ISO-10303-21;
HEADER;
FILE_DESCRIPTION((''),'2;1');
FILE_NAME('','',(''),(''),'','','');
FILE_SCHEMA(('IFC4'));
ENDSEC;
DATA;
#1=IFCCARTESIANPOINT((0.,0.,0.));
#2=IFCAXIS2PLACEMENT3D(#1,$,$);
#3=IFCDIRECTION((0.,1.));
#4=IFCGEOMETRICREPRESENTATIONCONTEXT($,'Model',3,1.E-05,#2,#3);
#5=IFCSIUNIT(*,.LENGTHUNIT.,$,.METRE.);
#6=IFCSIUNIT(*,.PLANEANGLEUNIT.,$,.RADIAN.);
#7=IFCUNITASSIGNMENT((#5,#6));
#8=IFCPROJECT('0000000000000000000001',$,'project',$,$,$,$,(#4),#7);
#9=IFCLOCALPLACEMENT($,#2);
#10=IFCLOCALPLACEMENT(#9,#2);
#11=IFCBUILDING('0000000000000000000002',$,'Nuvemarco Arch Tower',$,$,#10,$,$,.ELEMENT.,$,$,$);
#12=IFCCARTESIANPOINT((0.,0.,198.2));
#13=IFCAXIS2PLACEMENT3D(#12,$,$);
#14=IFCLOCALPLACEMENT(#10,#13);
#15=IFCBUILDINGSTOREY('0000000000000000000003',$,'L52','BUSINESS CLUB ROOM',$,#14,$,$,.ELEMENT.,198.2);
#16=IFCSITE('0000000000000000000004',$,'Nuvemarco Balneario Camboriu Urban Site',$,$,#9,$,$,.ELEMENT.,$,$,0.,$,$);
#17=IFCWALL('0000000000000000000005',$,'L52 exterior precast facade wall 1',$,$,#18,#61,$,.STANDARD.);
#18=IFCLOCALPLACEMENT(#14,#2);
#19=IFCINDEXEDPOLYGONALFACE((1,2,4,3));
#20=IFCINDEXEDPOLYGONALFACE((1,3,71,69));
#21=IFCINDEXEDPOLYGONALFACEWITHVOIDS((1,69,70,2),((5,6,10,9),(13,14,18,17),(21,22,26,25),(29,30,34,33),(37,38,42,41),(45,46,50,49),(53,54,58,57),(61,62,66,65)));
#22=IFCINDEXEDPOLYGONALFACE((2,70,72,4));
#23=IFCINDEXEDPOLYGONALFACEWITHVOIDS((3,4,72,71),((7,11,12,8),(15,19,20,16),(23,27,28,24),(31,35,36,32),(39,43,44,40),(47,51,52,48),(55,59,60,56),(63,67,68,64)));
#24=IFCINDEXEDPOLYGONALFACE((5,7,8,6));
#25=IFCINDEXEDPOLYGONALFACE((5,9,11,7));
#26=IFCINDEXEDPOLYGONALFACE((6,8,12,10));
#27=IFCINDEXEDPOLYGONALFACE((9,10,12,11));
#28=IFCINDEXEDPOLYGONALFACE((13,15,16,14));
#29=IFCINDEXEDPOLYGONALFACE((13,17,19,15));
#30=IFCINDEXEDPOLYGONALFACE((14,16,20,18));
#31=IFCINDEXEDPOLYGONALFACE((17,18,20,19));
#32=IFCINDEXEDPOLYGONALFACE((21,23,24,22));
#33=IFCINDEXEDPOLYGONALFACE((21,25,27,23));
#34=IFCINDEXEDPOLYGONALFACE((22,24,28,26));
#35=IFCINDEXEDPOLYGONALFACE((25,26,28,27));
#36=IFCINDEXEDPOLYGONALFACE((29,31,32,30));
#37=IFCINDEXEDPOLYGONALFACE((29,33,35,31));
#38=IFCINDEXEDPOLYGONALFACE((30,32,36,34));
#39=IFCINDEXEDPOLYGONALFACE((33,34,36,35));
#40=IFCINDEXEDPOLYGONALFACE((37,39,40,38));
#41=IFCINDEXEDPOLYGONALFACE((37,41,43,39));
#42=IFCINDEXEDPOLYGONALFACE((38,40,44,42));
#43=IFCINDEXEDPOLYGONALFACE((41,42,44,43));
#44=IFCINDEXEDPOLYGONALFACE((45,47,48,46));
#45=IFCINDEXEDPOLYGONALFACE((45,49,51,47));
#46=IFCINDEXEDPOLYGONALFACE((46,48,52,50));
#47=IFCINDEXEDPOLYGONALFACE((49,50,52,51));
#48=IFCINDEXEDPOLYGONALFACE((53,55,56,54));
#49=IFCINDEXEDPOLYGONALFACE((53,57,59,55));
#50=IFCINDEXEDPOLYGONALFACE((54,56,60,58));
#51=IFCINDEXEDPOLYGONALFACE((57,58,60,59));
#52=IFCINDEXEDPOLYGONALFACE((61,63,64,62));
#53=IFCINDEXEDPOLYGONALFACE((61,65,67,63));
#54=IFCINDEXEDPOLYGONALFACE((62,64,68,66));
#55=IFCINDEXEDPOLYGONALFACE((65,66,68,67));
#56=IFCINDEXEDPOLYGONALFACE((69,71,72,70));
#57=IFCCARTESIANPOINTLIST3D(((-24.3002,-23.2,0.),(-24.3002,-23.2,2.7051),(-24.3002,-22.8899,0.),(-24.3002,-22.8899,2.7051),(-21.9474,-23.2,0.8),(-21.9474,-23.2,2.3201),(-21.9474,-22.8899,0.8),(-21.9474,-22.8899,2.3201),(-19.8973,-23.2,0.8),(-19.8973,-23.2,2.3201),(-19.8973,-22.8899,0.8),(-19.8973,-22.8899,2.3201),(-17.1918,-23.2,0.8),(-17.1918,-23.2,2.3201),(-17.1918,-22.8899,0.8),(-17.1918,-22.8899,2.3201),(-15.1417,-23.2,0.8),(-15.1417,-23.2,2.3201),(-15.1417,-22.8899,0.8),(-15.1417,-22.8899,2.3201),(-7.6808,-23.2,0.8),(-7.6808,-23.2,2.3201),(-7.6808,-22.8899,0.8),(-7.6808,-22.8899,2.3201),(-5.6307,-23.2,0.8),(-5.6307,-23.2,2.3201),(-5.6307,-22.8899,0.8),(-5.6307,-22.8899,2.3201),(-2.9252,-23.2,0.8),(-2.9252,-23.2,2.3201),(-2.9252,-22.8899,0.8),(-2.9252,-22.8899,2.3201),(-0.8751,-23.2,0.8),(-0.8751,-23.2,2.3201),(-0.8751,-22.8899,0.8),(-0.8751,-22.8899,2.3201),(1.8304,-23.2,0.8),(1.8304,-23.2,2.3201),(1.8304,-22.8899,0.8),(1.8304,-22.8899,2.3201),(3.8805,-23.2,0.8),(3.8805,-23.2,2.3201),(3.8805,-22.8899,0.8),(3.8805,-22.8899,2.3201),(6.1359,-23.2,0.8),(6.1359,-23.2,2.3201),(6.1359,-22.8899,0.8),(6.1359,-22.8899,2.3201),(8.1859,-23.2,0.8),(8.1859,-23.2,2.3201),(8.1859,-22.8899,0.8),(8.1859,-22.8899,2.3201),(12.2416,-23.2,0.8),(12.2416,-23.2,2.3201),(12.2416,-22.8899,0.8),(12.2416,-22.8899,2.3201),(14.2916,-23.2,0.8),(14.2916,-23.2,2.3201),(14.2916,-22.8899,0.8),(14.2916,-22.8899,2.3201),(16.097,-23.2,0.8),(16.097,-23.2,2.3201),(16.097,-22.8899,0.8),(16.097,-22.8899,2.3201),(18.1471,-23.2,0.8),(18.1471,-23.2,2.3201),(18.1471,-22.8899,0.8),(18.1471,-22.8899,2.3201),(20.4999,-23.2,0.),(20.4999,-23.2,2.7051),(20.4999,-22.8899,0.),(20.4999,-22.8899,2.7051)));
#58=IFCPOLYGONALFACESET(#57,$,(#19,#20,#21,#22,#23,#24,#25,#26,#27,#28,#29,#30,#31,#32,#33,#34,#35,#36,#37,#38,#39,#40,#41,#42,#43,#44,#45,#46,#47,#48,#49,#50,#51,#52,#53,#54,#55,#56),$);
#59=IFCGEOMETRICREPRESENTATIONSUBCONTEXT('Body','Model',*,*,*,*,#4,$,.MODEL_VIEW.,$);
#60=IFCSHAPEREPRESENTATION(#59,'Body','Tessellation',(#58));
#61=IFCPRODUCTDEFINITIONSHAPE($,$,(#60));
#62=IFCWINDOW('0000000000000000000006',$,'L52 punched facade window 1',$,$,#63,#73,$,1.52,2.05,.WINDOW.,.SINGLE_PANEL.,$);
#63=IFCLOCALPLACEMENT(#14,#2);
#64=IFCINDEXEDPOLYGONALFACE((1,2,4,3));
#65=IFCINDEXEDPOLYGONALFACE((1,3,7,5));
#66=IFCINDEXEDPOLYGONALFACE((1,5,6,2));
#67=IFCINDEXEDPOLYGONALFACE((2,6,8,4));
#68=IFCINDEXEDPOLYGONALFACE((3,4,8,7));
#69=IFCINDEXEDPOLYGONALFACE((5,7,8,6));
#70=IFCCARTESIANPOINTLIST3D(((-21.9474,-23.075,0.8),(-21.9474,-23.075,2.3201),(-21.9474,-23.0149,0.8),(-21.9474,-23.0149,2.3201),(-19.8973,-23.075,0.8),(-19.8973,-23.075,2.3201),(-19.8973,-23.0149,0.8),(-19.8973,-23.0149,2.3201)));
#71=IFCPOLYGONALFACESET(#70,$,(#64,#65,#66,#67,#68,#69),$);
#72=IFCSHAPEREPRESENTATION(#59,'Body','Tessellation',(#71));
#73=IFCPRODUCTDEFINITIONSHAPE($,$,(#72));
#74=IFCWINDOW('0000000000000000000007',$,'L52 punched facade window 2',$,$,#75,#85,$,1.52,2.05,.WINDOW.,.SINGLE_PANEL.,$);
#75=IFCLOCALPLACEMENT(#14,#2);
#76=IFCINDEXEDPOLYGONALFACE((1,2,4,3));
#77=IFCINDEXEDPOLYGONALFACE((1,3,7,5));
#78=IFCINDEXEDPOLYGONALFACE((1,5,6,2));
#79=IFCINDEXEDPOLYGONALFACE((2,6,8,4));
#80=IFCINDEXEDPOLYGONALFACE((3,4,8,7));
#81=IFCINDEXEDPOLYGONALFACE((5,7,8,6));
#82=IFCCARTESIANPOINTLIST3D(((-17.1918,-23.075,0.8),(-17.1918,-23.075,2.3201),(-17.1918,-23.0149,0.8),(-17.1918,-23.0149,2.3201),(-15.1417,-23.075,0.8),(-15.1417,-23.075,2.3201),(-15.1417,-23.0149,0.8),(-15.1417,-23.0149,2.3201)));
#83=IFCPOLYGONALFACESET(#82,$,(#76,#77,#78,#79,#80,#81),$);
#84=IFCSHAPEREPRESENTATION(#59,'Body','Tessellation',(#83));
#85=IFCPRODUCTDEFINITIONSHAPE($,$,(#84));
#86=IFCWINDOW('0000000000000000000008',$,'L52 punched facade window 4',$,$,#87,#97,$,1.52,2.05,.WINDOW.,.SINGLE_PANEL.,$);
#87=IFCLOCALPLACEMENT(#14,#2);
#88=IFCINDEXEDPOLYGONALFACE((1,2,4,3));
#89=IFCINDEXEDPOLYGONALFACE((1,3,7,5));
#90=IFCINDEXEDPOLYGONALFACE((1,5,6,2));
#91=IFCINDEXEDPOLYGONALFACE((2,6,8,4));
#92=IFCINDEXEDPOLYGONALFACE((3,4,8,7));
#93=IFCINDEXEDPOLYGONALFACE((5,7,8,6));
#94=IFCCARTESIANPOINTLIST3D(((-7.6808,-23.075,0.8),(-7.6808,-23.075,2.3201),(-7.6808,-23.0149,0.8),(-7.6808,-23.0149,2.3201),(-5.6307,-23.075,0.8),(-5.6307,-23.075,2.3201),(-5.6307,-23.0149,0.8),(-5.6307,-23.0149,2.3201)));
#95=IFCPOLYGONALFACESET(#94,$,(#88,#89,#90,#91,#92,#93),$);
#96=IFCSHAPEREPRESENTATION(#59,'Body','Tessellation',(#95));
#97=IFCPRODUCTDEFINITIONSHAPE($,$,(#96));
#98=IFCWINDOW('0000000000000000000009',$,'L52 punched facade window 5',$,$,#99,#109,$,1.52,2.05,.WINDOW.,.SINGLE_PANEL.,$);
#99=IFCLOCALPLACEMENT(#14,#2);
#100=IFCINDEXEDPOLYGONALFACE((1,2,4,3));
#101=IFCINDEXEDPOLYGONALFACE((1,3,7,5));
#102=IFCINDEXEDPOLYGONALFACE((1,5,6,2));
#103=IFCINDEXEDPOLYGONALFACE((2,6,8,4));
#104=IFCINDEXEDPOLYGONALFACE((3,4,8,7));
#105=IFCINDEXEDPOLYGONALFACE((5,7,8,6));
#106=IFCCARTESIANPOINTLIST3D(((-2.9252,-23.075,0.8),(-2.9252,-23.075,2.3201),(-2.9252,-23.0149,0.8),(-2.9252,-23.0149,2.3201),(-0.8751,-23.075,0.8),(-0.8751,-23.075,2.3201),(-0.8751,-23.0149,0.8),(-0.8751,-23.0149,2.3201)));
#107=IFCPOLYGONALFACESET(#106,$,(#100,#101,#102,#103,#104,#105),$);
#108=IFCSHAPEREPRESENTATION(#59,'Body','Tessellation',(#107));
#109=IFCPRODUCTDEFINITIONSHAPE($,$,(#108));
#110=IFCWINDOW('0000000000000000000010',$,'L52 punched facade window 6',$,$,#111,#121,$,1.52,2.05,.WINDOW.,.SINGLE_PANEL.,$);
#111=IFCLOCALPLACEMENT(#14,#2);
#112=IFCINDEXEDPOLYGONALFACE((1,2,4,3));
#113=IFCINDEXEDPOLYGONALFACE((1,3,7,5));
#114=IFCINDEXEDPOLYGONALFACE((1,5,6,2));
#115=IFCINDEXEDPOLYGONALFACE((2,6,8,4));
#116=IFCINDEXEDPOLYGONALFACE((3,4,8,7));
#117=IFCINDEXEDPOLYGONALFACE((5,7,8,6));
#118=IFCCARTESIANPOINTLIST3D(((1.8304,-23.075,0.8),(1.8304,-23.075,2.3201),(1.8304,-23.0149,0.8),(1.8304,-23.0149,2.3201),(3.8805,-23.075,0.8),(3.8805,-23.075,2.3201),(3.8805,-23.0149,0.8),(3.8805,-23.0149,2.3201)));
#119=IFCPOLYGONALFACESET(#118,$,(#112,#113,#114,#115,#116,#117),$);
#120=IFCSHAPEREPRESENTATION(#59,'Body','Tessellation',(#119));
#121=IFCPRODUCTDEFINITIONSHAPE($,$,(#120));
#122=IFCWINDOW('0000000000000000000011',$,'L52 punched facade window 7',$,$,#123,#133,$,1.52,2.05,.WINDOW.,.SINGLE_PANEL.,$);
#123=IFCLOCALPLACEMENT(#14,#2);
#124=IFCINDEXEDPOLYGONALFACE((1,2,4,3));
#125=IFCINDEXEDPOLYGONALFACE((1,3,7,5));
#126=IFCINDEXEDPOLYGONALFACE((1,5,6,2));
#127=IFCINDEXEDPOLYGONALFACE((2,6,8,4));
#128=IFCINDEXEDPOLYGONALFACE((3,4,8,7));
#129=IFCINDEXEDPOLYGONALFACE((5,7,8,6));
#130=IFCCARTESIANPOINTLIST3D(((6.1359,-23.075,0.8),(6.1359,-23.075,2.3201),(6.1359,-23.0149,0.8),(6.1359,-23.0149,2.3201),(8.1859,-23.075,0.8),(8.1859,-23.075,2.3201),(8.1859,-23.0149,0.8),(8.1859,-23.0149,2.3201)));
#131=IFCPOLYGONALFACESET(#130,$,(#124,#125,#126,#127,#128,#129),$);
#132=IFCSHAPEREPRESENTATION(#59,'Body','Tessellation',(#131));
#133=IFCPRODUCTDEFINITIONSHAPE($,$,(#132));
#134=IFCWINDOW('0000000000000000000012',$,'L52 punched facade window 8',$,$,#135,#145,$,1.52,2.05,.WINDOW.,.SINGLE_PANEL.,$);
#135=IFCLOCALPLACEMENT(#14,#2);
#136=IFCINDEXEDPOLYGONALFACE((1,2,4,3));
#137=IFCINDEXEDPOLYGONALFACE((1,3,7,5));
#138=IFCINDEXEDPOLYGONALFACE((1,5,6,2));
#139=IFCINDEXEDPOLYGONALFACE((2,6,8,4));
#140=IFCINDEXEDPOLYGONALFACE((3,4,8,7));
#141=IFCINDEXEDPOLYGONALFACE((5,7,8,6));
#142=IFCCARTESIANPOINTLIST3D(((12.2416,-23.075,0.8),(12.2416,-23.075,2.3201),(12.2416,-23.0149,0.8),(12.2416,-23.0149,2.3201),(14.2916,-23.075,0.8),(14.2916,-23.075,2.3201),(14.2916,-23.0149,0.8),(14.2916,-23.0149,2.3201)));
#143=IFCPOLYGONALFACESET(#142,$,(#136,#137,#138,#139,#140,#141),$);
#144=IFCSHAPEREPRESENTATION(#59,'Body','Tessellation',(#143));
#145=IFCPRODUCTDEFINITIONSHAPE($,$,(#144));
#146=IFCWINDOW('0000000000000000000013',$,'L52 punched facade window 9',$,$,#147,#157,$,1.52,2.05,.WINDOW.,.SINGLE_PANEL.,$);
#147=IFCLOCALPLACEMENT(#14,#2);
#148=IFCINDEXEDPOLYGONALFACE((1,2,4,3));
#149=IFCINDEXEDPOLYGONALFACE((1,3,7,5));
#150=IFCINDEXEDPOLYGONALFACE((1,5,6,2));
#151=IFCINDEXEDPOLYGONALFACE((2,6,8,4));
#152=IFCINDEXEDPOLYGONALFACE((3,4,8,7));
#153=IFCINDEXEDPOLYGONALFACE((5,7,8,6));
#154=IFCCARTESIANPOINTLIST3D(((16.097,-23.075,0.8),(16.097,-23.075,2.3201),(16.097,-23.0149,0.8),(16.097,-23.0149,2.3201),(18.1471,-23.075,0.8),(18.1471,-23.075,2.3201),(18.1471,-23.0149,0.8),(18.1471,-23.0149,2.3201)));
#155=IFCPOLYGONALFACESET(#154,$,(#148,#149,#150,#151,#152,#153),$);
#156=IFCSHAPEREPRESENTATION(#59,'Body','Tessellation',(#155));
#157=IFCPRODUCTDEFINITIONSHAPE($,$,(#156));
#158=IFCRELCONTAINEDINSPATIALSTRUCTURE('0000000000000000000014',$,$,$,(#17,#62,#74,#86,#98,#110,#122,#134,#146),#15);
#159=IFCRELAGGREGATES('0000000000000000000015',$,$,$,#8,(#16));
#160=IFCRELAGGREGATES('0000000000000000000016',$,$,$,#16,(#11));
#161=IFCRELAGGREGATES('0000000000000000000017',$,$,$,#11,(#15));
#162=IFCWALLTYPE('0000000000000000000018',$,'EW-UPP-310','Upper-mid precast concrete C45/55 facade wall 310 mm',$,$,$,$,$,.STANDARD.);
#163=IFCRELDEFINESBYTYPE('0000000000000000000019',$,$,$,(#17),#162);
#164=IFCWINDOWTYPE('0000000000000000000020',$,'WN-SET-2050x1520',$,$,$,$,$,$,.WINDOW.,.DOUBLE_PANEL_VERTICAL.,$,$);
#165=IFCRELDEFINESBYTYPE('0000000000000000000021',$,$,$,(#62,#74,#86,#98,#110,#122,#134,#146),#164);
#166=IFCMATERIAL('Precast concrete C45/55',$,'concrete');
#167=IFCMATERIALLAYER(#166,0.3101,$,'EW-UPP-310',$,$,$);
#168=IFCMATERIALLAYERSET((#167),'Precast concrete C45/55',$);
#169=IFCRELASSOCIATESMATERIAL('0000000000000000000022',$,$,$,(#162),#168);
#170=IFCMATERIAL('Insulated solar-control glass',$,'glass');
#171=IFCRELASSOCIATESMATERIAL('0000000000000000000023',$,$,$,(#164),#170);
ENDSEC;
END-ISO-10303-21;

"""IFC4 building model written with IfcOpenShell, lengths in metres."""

from ifc_helpers import new_model, si_unit, direction, frame, frame_2d, origin, place, context, subcontext, project, spatial, rectangle, extrude, source, transform, mapped, material, layer, layer_set, type_object, type_shapes, element, fill, save


model = new_model("IFC4")

# Units and contexts
model_context = context("Model", 3, precision=1e-05, world=origin(), true_north=direction((0.0, 1.0)))
body_context = subcontext(model_context, "Body", "Model", "MODEL_VIEW")
ifc_project = project(units=[si_unit("LENGTHUNIT", "METRE"), si_unit("PLANEANGLEUNIT", "RADIAN")], contexts=[model_context])

# Site, building, storey
site_placement = place(None, origin())
site = spatial("IfcSite", under=ifc_project, at=site_placement, Name="Nuvemarco Balneario Camboriu Urban Site", CompositionType="ELEMENT", RefElevation=0.0)
building_placement = place(site_placement, origin())
building = spatial("IfcBuilding", under=site, at=building_placement, Name="Nuvemarco Arch Tower", CompositionType="ELEMENT")
storey_placement = place(building_placement, frame((0.0, 0.0, 198.2)))
storey = spatial("IfcBuildingStorey", under=building, at=storey_placement, Name="L52", Description="BUSINESS CLUB ROOM", CompositionType="ELEMENT", Elevation=198.2)

# Wall, openings, windows
ifc_material_1 = material(Name="Precast concrete C45/55", Category="concrete")
ifc_layer_1 = layer(ifc_material_1, 0.3101, Name="EW-UPP-310")
ifc_layer_set_1 = layer_set([ifc_layer_1], Name="Precast concrete C45/55")
wall_type_1 = type_object("IfcWallType", Name="EW-UPP-310", Description="Upper-mid precast concrete C45/55 facade wall 310 mm", PredefinedType="STANDARD", material=ifc_layer_set_1)
wall_1_placement = place(storey_placement, frame((-24.3, -23.0449, 0.0), z_axis=(0.0, 0.0, 1.0), x_axis=(1.0, 0.0, 0.0)))
wall_1 = element("IfcWall", 1, at=wall_1_placement, inside=storey, type_object=wall_type_1, Name="L52 exterior precast facade wall 1", PredefinedType="STANDARD", context=body_context, shape_type="SweptSolid", body=[
    extrude(rectangle(XDim=44.8, YDim=0.3101, at=frame_2d((22.3999, 0.0))), origin(), (0.0, 0.0, 1.0), 2.7051),
])
opening_1_placement = place(wall_1_placement, frame((2.3528, 0.0, 0.8)))
opening_1 = element("IfcOpeningElement", 2, at=opening_1_placement, cuts=wall_1, PredefinedType="OPENING", context=body_context, shape_type="SweptSolid", body=[
    extrude(rectangle(XDim=2.05, YDim=1.52, at=frame_2d((1.0249, 0.76))), frame((0.0, 0.165, 0.0), z_axis=(0.0, -1.0, 0.0), x_axis=(1.0, 0.0, 0.0)), (0.0, 0.0, 1.0), 0.3301),
])
opening_2_placement = place(wall_1_placement, frame((7.1084, 0.0, 0.8)))
opening_2 = element("IfcOpeningElement", 3, at=opening_2_placement, cuts=wall_1, PredefinedType="OPENING", context=body_context, shape_type="SweptSolid", body=[
    extrude(rectangle(XDim=2.05, YDim=1.52, at=frame_2d((1.0249, 0.76))), frame((0.0, 0.165, 0.0), z_axis=(0.0, -1.0, 0.0), x_axis=(1.0, 0.0, 0.0)), (0.0, 0.0, 1.0), 0.3301),
])
opening_3_placement = place(wall_1_placement, frame((16.6194, 0.0, 0.8)))
opening_3 = element("IfcOpeningElement", 4, at=opening_3_placement, cuts=wall_1, PredefinedType="OPENING", context=body_context, shape_type="SweptSolid", body=[
    extrude(rectangle(XDim=2.05, YDim=1.52, at=frame_2d((1.0249, 0.76))), frame((0.0, 0.165, 0.0), z_axis=(0.0, -1.0, 0.0), x_axis=(1.0, 0.0, 0.0)), (0.0, 0.0, 1.0), 0.3301),
])
opening_4_placement = place(wall_1_placement, frame((21.375, 0.0, 0.8)))
opening_4 = element("IfcOpeningElement", 5, at=opening_4_placement, cuts=wall_1, PredefinedType="OPENING", context=body_context, shape_type="SweptSolid", body=[
    extrude(rectangle(XDim=2.05, YDim=1.52, at=frame_2d((1.0249, 0.76))), frame((0.0, 0.165, 0.0), z_axis=(0.0, -1.0, 0.0), x_axis=(1.0, 0.0, 0.0)), (0.0, 0.0, 1.0), 0.3301),
])
opening_5_placement = place(wall_1_placement, frame((26.1306, 0.0, 0.8)))
opening_5 = element("IfcOpeningElement", 6, at=opening_5_placement, cuts=wall_1, PredefinedType="OPENING", context=body_context, shape_type="SweptSolid", body=[
    extrude(rectangle(XDim=2.05, YDim=1.52, at=frame_2d((1.0249, 0.76))), frame((0.0, 0.165, 0.0), z_axis=(0.0, -1.0, 0.0), x_axis=(1.0, 0.0, 0.0)), (0.0, 0.0, 1.0), 0.3301),
])
opening_6_placement = place(wall_1_placement, frame((30.436, 0.0, 0.8)))
opening_6 = element("IfcOpeningElement", 7, at=opening_6_placement, cuts=wall_1, PredefinedType="OPENING", context=body_context, shape_type="SweptSolid", body=[
    extrude(rectangle(XDim=2.05, YDim=1.52, at=frame_2d((1.0249, 0.76))), frame((0.0, 0.165, 0.0), z_axis=(0.0, -1.0, 0.0), x_axis=(1.0, 0.0, 0.0)), (0.0, 0.0, 1.0), 0.3301),
])
opening_7_placement = place(wall_1_placement, frame((36.5417, 0.0, 0.8)))
opening_7 = element("IfcOpeningElement", 8, at=opening_7_placement, cuts=wall_1, PredefinedType="OPENING", context=body_context, shape_type="SweptSolid", body=[
    extrude(rectangle(XDim=2.05, YDim=1.52, at=frame_2d((1.0249, 0.76))), frame((0.0, 0.165, 0.0), z_axis=(0.0, -1.0, 0.0), x_axis=(1.0, 0.0, 0.0)), (0.0, 0.0, 1.0), 0.3301),
])
opening_8_placement = place(wall_1_placement, frame((40.3972, 0.0, 0.8)))
opening_8 = element("IfcOpeningElement", 9, at=opening_8_placement, cuts=wall_1, PredefinedType="OPENING", context=body_context, shape_type="SweptSolid", body=[
    extrude(rectangle(XDim=2.05, YDim=1.52, at=frame_2d((1.0249, 0.76))), frame((0.0, 0.165, 0.0), z_axis=(0.0, -1.0, 0.0), x_axis=(1.0, 0.0, 0.0)), (0.0, 0.0, 1.0), 0.3301),
])
ifc_material_2 = material(Name="Insulated solar-control glass", Category="glass")
window_type = type_object("IfcWindowType", Name="WN-SET-2050x1520", PartitioningType="DOUBLE_PANEL_VERTICAL", PredefinedType="WINDOW", material=ifc_material_2)
shared_shape_1 = source(origin(), body_context, "Body", "SweptSolid", [
    extrude(rectangle(XDim=2.05, YDim=1.52, at=frame_2d((1.0249, 0.76))), frame((0.0, 0.03, 0.0), z_axis=(0.0, -1.0, 0.0), x_axis=(1.0, 0.0, 0.0)), (0.0, 0.0, 1.0), 0.0601),
])
type_shapes(window_type, [shared_shape_1])
window_1_placement = place(opening_1_placement, origin())
window_1 = element("IfcWindow", 10, at=window_1_placement, inside=storey, type_object=window_type, Name="L52 punched facade window 1", OverallHeight=1.52, OverallWidth=2.05, PartitioningType="SINGLE_PANEL", PredefinedType="WINDOW", context=body_context, shape_type="MappedRepresentation", body=[
    mapped(shared_shape_1, transform((0.0, 0.0, 0.0), scale=1.0)),
])
fill(opening_1, window_1)
window_2_placement = place(opening_2_placement, origin())
window_2 = element("IfcWindow", 11, at=window_2_placement, inside=storey, type_object=window_type, Name="L52 punched facade window 2", OverallHeight=1.52, OverallWidth=2.05, PartitioningType="SINGLE_PANEL", PredefinedType="WINDOW", context=body_context, shape_type="MappedRepresentation", body=[
    mapped(shared_shape_1, transform((0.0, 0.0, 0.0), scale=1.0)),
])
fill(opening_2, window_2)
window_3_placement = place(opening_3_placement, origin())
window_3 = element("IfcWindow", 12, at=window_3_placement, inside=storey, type_object=window_type, Name="L52 punched facade window 4", OverallHeight=1.52, OverallWidth=2.05, PartitioningType="SINGLE_PANEL", PredefinedType="WINDOW", context=body_context, shape_type="MappedRepresentation", body=[
    mapped(shared_shape_1, transform((0.0, 0.0, 0.0), scale=1.0)),
])
fill(opening_3, window_3)
window_4_placement = place(opening_4_placement, origin())
window_4 = element("IfcWindow", 13, at=window_4_placement, inside=storey, type_object=window_type, Name="L52 punched facade window 5", OverallHeight=1.52, OverallWidth=2.05, PartitioningType="SINGLE_PANEL", PredefinedType="WINDOW", context=body_context, shape_type="MappedRepresentation", body=[
    mapped(shared_shape_1, transform((0.0, 0.0, 0.0), scale=1.0)),
])
fill(opening_4, window_4)
window_5_placement = place(opening_5_placement, origin())
window_5 = element("IfcWindow", 14, at=window_5_placement, inside=storey, type_object=window_type, Name="L52 punched facade window 6", OverallHeight=1.52, OverallWidth=2.05, PartitioningType="SINGLE_PANEL", PredefinedType="WINDOW", context=body_context, shape_type="MappedRepresentation", body=[
    mapped(shared_shape_1, transform((0.0, 0.0, 0.0), scale=1.0)),
])
fill(opening_5, window_5)
window_6_placement = place(opening_6_placement, origin())
window_6 = element("IfcWindow", 15, at=window_6_placement, inside=storey, type_object=window_type, Name="L52 punched facade window 7", OverallHeight=1.52, OverallWidth=2.05, PartitioningType="SINGLE_PANEL", PredefinedType="WINDOW", context=body_context, shape_type="MappedRepresentation", body=[
    mapped(shared_shape_1, transform((0.0, 0.0, 0.0), scale=1.0)),
])
fill(opening_6, window_6)
window_7_placement = place(opening_7_placement, origin())
window_7 = element("IfcWindow", 16, at=window_7_placement, inside=storey, type_object=window_type, Name="L52 punched facade window 8", OverallHeight=1.52, OverallWidth=2.05, PartitioningType="SINGLE_PANEL", PredefinedType="WINDOW", context=body_context, shape_type="MappedRepresentation", body=[
    mapped(shared_shape_1, transform((0.0, 0.0, 0.0), scale=1.0)),
])
fill(opening_7, window_7)
window_8_placement = place(opening_8_placement, origin())
window_8 = element("IfcWindow", 17, at=window_8_placement, inside=storey, type_object=window_type, Name="L52 punched facade window 9", OverallHeight=1.52, OverallWidth=2.05, PartitioningType="SINGLE_PANEL", PredefinedType="WINDOW", context=body_context, shape_type="MappedRepresentation", body=[
    mapped(shared_shape_1, transform((0.0, 0.0, 0.0), scale=1.0)),
])
fill(opening_8, window_8)

save(model, "model.ifc")
